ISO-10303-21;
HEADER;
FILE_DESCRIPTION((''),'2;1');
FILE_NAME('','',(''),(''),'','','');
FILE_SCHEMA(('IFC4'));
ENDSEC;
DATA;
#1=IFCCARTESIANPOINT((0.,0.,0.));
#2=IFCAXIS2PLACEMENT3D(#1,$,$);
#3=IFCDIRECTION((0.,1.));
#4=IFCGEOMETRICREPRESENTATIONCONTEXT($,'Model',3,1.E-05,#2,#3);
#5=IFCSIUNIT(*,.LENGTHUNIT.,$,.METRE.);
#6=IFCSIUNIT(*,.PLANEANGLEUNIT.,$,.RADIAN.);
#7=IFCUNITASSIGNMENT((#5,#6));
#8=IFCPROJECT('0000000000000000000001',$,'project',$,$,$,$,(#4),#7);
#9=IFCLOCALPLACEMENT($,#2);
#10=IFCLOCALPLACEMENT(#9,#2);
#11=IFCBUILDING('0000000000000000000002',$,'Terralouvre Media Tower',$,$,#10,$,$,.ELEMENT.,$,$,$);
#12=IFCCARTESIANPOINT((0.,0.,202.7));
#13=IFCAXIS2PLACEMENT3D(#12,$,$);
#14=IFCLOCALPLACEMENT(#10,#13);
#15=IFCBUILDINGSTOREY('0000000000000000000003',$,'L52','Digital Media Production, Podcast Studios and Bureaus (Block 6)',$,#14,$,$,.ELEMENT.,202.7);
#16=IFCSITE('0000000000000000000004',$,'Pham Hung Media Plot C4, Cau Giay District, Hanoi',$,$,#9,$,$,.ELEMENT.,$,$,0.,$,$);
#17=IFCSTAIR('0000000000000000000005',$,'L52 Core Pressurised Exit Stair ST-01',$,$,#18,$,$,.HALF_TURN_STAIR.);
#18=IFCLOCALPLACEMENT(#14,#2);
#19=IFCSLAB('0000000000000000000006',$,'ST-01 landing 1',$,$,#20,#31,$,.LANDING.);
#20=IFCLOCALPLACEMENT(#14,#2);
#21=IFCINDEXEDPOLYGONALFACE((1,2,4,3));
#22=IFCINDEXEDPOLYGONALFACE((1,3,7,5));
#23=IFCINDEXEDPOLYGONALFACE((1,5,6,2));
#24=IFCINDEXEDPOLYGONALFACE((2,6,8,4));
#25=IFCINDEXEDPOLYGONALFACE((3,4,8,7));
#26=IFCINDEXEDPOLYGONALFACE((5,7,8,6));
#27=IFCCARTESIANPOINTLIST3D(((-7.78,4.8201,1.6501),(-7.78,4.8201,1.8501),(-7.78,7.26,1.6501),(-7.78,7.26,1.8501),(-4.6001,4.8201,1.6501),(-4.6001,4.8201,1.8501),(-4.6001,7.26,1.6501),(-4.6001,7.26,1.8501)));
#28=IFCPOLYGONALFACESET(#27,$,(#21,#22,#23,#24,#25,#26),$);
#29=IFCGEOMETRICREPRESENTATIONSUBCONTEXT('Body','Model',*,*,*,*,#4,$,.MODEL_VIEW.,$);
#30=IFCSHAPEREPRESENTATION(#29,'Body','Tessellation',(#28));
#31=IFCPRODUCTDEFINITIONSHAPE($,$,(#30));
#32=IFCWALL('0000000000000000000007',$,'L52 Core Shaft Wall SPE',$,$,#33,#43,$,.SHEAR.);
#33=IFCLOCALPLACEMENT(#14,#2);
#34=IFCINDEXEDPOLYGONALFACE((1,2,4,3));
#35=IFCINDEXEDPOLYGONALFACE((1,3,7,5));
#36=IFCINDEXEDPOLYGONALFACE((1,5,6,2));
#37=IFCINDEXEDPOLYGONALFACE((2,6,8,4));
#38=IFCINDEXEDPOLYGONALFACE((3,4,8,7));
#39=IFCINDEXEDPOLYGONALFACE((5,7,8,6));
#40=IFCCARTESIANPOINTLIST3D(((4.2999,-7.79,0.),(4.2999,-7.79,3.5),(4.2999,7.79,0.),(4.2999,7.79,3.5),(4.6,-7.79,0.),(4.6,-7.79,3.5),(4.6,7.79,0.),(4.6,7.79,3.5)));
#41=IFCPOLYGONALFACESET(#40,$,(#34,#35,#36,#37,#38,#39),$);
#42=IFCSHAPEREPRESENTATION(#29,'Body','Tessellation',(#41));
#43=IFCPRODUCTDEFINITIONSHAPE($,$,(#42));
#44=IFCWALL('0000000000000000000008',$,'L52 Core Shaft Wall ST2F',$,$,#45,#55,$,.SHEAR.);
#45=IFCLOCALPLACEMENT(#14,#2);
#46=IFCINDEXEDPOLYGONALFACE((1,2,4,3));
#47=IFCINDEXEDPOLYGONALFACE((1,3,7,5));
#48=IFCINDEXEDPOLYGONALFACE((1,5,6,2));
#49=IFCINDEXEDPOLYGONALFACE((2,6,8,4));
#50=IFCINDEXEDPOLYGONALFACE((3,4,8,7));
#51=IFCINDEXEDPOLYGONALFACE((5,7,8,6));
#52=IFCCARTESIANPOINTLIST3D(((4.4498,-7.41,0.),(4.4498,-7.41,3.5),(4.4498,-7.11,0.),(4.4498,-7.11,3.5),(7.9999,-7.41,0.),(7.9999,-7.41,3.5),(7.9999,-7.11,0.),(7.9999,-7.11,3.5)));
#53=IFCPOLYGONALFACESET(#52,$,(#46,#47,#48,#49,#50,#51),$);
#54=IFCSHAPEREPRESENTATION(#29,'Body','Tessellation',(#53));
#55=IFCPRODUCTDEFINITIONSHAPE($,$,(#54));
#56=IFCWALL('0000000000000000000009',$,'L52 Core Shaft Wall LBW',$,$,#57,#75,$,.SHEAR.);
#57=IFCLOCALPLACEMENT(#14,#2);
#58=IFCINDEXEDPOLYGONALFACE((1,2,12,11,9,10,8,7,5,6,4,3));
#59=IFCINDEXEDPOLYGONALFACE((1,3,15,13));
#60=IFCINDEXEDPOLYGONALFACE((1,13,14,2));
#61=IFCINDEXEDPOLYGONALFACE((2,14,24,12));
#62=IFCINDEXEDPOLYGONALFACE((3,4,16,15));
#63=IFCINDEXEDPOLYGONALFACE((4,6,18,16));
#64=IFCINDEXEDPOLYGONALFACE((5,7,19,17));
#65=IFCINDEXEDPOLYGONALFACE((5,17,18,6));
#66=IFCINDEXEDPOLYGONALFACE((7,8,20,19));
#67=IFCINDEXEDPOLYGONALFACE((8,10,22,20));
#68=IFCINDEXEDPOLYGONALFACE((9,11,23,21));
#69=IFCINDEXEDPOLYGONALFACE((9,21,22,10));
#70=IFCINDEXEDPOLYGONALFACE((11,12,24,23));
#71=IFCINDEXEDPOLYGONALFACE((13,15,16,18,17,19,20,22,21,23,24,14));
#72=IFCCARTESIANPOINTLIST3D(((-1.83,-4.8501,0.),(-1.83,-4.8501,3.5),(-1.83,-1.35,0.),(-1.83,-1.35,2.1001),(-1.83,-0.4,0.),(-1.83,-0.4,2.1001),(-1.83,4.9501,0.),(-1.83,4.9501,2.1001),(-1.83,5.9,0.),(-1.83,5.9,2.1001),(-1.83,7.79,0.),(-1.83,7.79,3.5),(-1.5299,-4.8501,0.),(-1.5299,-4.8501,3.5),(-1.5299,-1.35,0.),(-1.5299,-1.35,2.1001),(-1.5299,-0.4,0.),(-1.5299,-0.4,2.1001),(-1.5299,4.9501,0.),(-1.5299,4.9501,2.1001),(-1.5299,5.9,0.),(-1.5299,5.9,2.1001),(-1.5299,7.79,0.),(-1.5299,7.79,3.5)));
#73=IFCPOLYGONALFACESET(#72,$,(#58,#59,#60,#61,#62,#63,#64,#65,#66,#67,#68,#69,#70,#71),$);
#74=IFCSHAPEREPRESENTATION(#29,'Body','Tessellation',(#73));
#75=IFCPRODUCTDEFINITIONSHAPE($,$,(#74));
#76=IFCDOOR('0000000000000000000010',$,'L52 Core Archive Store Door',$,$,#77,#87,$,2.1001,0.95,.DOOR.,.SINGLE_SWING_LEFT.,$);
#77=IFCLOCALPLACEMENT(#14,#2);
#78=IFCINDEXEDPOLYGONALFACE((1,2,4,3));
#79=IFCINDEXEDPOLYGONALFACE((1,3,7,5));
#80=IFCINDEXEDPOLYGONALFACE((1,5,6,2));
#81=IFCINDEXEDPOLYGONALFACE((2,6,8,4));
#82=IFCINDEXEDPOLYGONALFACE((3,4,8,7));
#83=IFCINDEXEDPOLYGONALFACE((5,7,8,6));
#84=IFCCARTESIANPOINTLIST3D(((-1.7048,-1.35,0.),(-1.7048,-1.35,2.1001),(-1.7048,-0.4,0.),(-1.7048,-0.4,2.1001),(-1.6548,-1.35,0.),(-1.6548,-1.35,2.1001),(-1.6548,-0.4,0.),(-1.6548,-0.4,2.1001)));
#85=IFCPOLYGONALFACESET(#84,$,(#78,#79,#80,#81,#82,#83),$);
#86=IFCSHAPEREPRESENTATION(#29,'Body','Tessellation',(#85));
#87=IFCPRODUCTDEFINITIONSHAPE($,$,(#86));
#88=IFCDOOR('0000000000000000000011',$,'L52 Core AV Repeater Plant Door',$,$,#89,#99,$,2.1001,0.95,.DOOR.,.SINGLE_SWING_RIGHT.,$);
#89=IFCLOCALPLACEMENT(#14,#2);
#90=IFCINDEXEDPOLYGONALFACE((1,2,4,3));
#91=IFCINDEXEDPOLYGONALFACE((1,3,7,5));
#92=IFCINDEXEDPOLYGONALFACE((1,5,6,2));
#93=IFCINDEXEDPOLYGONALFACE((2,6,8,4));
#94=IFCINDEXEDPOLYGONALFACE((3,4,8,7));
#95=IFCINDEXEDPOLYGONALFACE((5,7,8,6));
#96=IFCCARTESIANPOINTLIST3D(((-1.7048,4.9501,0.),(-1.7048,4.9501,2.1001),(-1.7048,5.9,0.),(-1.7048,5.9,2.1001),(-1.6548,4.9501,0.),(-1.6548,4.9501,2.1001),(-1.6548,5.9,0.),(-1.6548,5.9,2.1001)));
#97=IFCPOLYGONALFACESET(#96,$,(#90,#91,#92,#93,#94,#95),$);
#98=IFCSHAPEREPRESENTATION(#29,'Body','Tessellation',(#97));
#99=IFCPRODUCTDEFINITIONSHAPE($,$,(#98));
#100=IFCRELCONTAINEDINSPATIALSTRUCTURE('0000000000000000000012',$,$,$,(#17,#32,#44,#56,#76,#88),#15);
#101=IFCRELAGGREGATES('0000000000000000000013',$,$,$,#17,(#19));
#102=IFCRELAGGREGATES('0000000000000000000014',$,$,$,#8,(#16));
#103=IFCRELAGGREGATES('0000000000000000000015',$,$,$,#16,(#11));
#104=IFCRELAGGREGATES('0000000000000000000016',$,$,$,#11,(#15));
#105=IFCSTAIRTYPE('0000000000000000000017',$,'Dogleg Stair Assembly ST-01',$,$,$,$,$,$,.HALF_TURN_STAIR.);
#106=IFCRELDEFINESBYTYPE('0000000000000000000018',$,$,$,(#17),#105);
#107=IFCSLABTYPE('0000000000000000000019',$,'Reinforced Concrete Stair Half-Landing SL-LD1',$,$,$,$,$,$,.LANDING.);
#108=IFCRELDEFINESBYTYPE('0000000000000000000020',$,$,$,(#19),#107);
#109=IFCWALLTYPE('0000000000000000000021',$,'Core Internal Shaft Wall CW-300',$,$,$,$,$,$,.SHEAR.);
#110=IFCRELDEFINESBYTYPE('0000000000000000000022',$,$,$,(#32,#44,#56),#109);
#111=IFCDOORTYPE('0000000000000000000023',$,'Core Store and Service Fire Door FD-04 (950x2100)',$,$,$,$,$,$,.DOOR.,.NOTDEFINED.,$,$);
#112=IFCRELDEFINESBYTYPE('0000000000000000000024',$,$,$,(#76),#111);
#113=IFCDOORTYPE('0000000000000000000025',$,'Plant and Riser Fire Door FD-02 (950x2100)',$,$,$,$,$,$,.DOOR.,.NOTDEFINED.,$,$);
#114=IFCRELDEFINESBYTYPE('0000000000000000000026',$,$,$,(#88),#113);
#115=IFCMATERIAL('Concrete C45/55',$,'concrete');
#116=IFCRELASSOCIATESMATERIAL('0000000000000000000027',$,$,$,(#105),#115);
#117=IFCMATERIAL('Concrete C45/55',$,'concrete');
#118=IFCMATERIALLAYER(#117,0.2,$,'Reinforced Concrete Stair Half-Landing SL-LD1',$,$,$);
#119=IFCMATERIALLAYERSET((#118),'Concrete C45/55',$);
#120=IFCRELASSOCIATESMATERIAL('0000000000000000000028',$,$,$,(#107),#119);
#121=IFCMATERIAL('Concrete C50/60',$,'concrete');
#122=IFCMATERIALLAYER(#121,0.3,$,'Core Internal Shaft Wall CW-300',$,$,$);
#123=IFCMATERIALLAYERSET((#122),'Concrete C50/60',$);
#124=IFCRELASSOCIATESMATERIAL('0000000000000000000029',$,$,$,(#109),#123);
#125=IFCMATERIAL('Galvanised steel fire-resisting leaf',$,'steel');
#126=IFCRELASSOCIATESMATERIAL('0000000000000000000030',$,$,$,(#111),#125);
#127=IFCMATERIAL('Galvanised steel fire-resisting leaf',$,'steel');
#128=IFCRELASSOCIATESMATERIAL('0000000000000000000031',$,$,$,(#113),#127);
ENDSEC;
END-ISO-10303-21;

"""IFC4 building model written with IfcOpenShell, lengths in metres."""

from ifc_helpers import new_model, si_unit, direction, frame, frame_2d, origin, place, context, subcontext, project, spatial, polyline, rectangle, outline, extrude, material, layer, layer_set, type_object, element, fill, aggregate, save


model = new_model("IFC4")

# Units and contexts
model_context = context("Model", 3, precision=1e-05, world=origin(), true_north=direction((0.0, 1.0)))
body_context = subcontext(model_context, "Body", "Model", "MODEL_VIEW")
ifc_project = project(units=[si_unit("LENGTHUNIT", "METRE"), si_unit("PLANEANGLEUNIT", "RADIAN")], contexts=[model_context])

# Site, building, storey
site_placement = place(None, origin())
site = spatial("IfcSite", under=ifc_project, at=site_placement, Name="Pham Hung Media Plot C4, Cau Giay District, Hanoi", CompositionType="ELEMENT", RefElevation=0.0)
building_placement = place(site_placement, origin())
building = spatial("IfcBuilding", under=site, at=building_placement, Name="Terralouvre Media Tower", CompositionType="ELEMENT")
storey_placement = place(building_placement, frame((0.0, 0.0, 202.7)))
storey = spatial("IfcBuildingStorey", under=building, at=storey_placement, Name="L52", Description="Digital Media Production, Podcast Studios and Bureaus (Block 6)", CompositionType="ELEMENT", Elevation=202.7)

# Stair, slab
ifc_material_1 = material(Name="Concrete C45/55", Category="concrete")
stair_type_1 = type_object("IfcStairType", Name="Dogleg Stair Assembly ST-01", PredefinedType="HALF_TURN_STAIR", material=ifc_material_1)
stair_1_placement = place(storey_placement, origin())
stair_1 = element("IfcStair", 1, at=stair_1_placement, inside=storey, type_object=stair_type_1, Name="L52 Core Pressurised Exit Stair ST-01", PredefinedType="HALF_TURN_STAIR")
ifc_material_2 = material(Name="Concrete C45/55", Category="concrete")
ifc_layer_1 = layer(ifc_material_2, 0.2, Name="Reinforced Concrete Stair Half-Landing SL-LD1")
ifc_layer_set_1 = layer_set([ifc_layer_1], Name="Concrete C45/55")
slab_type_1 = type_object("IfcSlabType", Name="Reinforced Concrete Stair Half-Landing SL-LD1", PredefinedType="LANDING", material=ifc_layer_set_1)
slab_1_placement = place(storey_placement, frame((0.0, 0.0, 1.6501)))
slab_1 = element("IfcSlab", 2, at=slab_1_placement, type_object=slab_type_1, Name="ST-01 landing 1", PredefinedType="LANDING", context=body_context, shape_type="SweptSolid", body=[
    extrude(outline(polyline([(-4.6001, 4.8201), (-4.6001, 7.26), (-7.78, 7.26), (-7.78, 4.8201), (-4.6001, 4.8201)])), origin(), (0.0, 0.0, 1.0), 0.2),
])
aggregate(stair_1, [slab_1])

# Wall
ifc_material_3 = material(Name="Concrete C50/60", Category="concrete")
ifc_layer_2 = layer(ifc_material_3, 0.3, Name="Core Internal Shaft Wall CW-300")
ifc_layer_set_2 = layer_set([ifc_layer_2], Name="Concrete C50/60")
wall_type_1 = type_object("IfcWallType", Name="Core Internal Shaft Wall CW-300", PredefinedType="SHEAR", material=ifc_layer_set_2)
wall_1_placement = place(storey_placement, frame((4.45, -7.79, 0.0), z_axis=(0.0, 0.0, 1.0), x_axis=(0.0, 1.0, 0.0)))
element("IfcWall", 3, at=wall_1_placement, inside=storey, type_object=wall_type_1, Name="L52 Core Shaft Wall SPE", PredefinedType="SHEAR", context=body_context, shape_type="SweptSolid", body=[
    extrude(rectangle(XDim=15.5801, YDim=0.3, at=frame_2d((7.79, 0.0))), origin(), (0.0, 0.0, 1.0), 3.5),
])

# Wall
wall_2_placement = place(storey_placement, frame((4.45, -7.26, 0.0), z_axis=(0.0, 0.0, 1.0), x_axis=(1.0, 0.0, 0.0)))
element("IfcWall", 4, at=wall_2_placement, inside=storey, type_object=wall_type_1, Name="L52 Core Shaft Wall ST2F", PredefinedType="SHEAR", context=body_context, shape_type="SweptSolid", body=[
    extrude(rectangle(XDim=3.55, YDim=0.3, at=frame_2d((1.7749, 0.0))), origin(), (0.0, 0.0, 1.0), 3.5),
])

# Wall, openings, doors
wall_3_placement = place(storey_placement, frame((-1.6799, -4.8501, 0.0), z_axis=(0.0, 0.0, 1.0), x_axis=(0.0, 1.0, 0.0)))
wall_3 = element("IfcWall", 5, at=wall_3_placement, inside=storey, type_object=wall_type_1, Name="L52 Core Shaft Wall LBW", PredefinedType="SHEAR", context=body_context, shape_type="SweptSolid", body=[
    extrude(rectangle(XDim=12.6401, YDim=0.3, at=frame_2d((6.3201, 0.0))), origin(), (0.0, 0.0, 1.0), 3.5),
])
opening_1_placement = place(wall_3_placement, frame((3.5, 0.0, 0.0)))
opening_1 = element("IfcOpeningElement", 6, at=opening_1_placement, cuts=wall_3, PredefinedType="OPENING", context=body_context, shape_type="SweptSolid", body=[
    extrude(rectangle(XDim=0.95, YDim=2.1001, at=frame_2d((0.4751, 1.05))), frame((0.0, 0.1599, 0.0), z_axis=(0.0, -1.0, 0.0), x_axis=(1.0, 0.0, 0.0)), (0.0, 0.0, 1.0), 0.3201),
])
opening_2_placement = place(wall_3_placement, frame((9.8, 0.0, 0.0)))
opening_2 = element("IfcOpeningElement", 7, at=opening_2_placement, cuts=wall_3, PredefinedType="OPENING", context=body_context, shape_type="SweptSolid", body=[
    extrude(rectangle(XDim=0.95, YDim=2.1001, at=frame_2d((0.4751, 1.05))), frame((0.0, 0.1599, 0.0), z_axis=(0.0, -1.0, 0.0), x_axis=(1.0, 0.0, 0.0)), (0.0, 0.0, 1.0), 0.3201),
])
ifc_material_4 = material(Name="Galvanised steel fire-resisting leaf", Category="steel")
door_type_1 = type_object("IfcDoorType", Name="Core Store and Service Fire Door FD-04 (950x2100)", OperationType="NOTDEFINED", PredefinedType="DOOR", material=ifc_material_4)
door_1_placement = place(opening_1_placement, origin())
door_1 = element("IfcDoor", 8, at=door_1_placement, inside=storey, type_object=door_type_1, Name="L52 Core Archive Store Door", OperationType="SINGLE_SWING_LEFT", OverallHeight=2.1001, OverallWidth=0.95, PredefinedType="DOOR", context=body_context, shape_type="SweptSolid", body=[
    extrude(rectangle(XDim=0.95, YDim=2.1001, at=frame_2d((0.4751, 1.05))), frame((0.0, 0.0249, 0.0), z_axis=(0.0, -1.0, 0.0), x_axis=(1.0, 0.0, 0.0)), (0.0, 0.0, 1.0), 0.05),
])
fill(opening_1, door_1)
ifc_material_5 = material(Name="Galvanised steel fire-resisting leaf", Category="steel")
door_type_2 = type_object("IfcDoorType", Name="Plant and Riser Fire Door FD-02 (950x2100)", OperationType="NOTDEFINED", PredefinedType="DOOR", material=ifc_material_5)
door_2_placement = place(opening_2_placement, origin())
door_2 = element("IfcDoor", 9, at=door_2_placement, inside=storey, type_object=door_type_2, Name="L52 Core AV Repeater Plant Door", OperationType="SINGLE_SWING_RIGHT", OverallHeight=2.1001, OverallWidth=0.95, PredefinedType="DOOR", context=body_context, shape_type="SweptSolid", body=[
    extrude(rectangle(XDim=0.95, YDim=2.1001, at=frame_2d((0.4751, 1.05))), frame((0.0, 0.0249, 0.0), z_axis=(0.0, -1.0, 0.0), x_axis=(1.0, 0.0, 0.0)), (0.0, 0.0, 1.0), 0.05),
])
fill(opening_2, door_2)

save(model, "model.ifc")
